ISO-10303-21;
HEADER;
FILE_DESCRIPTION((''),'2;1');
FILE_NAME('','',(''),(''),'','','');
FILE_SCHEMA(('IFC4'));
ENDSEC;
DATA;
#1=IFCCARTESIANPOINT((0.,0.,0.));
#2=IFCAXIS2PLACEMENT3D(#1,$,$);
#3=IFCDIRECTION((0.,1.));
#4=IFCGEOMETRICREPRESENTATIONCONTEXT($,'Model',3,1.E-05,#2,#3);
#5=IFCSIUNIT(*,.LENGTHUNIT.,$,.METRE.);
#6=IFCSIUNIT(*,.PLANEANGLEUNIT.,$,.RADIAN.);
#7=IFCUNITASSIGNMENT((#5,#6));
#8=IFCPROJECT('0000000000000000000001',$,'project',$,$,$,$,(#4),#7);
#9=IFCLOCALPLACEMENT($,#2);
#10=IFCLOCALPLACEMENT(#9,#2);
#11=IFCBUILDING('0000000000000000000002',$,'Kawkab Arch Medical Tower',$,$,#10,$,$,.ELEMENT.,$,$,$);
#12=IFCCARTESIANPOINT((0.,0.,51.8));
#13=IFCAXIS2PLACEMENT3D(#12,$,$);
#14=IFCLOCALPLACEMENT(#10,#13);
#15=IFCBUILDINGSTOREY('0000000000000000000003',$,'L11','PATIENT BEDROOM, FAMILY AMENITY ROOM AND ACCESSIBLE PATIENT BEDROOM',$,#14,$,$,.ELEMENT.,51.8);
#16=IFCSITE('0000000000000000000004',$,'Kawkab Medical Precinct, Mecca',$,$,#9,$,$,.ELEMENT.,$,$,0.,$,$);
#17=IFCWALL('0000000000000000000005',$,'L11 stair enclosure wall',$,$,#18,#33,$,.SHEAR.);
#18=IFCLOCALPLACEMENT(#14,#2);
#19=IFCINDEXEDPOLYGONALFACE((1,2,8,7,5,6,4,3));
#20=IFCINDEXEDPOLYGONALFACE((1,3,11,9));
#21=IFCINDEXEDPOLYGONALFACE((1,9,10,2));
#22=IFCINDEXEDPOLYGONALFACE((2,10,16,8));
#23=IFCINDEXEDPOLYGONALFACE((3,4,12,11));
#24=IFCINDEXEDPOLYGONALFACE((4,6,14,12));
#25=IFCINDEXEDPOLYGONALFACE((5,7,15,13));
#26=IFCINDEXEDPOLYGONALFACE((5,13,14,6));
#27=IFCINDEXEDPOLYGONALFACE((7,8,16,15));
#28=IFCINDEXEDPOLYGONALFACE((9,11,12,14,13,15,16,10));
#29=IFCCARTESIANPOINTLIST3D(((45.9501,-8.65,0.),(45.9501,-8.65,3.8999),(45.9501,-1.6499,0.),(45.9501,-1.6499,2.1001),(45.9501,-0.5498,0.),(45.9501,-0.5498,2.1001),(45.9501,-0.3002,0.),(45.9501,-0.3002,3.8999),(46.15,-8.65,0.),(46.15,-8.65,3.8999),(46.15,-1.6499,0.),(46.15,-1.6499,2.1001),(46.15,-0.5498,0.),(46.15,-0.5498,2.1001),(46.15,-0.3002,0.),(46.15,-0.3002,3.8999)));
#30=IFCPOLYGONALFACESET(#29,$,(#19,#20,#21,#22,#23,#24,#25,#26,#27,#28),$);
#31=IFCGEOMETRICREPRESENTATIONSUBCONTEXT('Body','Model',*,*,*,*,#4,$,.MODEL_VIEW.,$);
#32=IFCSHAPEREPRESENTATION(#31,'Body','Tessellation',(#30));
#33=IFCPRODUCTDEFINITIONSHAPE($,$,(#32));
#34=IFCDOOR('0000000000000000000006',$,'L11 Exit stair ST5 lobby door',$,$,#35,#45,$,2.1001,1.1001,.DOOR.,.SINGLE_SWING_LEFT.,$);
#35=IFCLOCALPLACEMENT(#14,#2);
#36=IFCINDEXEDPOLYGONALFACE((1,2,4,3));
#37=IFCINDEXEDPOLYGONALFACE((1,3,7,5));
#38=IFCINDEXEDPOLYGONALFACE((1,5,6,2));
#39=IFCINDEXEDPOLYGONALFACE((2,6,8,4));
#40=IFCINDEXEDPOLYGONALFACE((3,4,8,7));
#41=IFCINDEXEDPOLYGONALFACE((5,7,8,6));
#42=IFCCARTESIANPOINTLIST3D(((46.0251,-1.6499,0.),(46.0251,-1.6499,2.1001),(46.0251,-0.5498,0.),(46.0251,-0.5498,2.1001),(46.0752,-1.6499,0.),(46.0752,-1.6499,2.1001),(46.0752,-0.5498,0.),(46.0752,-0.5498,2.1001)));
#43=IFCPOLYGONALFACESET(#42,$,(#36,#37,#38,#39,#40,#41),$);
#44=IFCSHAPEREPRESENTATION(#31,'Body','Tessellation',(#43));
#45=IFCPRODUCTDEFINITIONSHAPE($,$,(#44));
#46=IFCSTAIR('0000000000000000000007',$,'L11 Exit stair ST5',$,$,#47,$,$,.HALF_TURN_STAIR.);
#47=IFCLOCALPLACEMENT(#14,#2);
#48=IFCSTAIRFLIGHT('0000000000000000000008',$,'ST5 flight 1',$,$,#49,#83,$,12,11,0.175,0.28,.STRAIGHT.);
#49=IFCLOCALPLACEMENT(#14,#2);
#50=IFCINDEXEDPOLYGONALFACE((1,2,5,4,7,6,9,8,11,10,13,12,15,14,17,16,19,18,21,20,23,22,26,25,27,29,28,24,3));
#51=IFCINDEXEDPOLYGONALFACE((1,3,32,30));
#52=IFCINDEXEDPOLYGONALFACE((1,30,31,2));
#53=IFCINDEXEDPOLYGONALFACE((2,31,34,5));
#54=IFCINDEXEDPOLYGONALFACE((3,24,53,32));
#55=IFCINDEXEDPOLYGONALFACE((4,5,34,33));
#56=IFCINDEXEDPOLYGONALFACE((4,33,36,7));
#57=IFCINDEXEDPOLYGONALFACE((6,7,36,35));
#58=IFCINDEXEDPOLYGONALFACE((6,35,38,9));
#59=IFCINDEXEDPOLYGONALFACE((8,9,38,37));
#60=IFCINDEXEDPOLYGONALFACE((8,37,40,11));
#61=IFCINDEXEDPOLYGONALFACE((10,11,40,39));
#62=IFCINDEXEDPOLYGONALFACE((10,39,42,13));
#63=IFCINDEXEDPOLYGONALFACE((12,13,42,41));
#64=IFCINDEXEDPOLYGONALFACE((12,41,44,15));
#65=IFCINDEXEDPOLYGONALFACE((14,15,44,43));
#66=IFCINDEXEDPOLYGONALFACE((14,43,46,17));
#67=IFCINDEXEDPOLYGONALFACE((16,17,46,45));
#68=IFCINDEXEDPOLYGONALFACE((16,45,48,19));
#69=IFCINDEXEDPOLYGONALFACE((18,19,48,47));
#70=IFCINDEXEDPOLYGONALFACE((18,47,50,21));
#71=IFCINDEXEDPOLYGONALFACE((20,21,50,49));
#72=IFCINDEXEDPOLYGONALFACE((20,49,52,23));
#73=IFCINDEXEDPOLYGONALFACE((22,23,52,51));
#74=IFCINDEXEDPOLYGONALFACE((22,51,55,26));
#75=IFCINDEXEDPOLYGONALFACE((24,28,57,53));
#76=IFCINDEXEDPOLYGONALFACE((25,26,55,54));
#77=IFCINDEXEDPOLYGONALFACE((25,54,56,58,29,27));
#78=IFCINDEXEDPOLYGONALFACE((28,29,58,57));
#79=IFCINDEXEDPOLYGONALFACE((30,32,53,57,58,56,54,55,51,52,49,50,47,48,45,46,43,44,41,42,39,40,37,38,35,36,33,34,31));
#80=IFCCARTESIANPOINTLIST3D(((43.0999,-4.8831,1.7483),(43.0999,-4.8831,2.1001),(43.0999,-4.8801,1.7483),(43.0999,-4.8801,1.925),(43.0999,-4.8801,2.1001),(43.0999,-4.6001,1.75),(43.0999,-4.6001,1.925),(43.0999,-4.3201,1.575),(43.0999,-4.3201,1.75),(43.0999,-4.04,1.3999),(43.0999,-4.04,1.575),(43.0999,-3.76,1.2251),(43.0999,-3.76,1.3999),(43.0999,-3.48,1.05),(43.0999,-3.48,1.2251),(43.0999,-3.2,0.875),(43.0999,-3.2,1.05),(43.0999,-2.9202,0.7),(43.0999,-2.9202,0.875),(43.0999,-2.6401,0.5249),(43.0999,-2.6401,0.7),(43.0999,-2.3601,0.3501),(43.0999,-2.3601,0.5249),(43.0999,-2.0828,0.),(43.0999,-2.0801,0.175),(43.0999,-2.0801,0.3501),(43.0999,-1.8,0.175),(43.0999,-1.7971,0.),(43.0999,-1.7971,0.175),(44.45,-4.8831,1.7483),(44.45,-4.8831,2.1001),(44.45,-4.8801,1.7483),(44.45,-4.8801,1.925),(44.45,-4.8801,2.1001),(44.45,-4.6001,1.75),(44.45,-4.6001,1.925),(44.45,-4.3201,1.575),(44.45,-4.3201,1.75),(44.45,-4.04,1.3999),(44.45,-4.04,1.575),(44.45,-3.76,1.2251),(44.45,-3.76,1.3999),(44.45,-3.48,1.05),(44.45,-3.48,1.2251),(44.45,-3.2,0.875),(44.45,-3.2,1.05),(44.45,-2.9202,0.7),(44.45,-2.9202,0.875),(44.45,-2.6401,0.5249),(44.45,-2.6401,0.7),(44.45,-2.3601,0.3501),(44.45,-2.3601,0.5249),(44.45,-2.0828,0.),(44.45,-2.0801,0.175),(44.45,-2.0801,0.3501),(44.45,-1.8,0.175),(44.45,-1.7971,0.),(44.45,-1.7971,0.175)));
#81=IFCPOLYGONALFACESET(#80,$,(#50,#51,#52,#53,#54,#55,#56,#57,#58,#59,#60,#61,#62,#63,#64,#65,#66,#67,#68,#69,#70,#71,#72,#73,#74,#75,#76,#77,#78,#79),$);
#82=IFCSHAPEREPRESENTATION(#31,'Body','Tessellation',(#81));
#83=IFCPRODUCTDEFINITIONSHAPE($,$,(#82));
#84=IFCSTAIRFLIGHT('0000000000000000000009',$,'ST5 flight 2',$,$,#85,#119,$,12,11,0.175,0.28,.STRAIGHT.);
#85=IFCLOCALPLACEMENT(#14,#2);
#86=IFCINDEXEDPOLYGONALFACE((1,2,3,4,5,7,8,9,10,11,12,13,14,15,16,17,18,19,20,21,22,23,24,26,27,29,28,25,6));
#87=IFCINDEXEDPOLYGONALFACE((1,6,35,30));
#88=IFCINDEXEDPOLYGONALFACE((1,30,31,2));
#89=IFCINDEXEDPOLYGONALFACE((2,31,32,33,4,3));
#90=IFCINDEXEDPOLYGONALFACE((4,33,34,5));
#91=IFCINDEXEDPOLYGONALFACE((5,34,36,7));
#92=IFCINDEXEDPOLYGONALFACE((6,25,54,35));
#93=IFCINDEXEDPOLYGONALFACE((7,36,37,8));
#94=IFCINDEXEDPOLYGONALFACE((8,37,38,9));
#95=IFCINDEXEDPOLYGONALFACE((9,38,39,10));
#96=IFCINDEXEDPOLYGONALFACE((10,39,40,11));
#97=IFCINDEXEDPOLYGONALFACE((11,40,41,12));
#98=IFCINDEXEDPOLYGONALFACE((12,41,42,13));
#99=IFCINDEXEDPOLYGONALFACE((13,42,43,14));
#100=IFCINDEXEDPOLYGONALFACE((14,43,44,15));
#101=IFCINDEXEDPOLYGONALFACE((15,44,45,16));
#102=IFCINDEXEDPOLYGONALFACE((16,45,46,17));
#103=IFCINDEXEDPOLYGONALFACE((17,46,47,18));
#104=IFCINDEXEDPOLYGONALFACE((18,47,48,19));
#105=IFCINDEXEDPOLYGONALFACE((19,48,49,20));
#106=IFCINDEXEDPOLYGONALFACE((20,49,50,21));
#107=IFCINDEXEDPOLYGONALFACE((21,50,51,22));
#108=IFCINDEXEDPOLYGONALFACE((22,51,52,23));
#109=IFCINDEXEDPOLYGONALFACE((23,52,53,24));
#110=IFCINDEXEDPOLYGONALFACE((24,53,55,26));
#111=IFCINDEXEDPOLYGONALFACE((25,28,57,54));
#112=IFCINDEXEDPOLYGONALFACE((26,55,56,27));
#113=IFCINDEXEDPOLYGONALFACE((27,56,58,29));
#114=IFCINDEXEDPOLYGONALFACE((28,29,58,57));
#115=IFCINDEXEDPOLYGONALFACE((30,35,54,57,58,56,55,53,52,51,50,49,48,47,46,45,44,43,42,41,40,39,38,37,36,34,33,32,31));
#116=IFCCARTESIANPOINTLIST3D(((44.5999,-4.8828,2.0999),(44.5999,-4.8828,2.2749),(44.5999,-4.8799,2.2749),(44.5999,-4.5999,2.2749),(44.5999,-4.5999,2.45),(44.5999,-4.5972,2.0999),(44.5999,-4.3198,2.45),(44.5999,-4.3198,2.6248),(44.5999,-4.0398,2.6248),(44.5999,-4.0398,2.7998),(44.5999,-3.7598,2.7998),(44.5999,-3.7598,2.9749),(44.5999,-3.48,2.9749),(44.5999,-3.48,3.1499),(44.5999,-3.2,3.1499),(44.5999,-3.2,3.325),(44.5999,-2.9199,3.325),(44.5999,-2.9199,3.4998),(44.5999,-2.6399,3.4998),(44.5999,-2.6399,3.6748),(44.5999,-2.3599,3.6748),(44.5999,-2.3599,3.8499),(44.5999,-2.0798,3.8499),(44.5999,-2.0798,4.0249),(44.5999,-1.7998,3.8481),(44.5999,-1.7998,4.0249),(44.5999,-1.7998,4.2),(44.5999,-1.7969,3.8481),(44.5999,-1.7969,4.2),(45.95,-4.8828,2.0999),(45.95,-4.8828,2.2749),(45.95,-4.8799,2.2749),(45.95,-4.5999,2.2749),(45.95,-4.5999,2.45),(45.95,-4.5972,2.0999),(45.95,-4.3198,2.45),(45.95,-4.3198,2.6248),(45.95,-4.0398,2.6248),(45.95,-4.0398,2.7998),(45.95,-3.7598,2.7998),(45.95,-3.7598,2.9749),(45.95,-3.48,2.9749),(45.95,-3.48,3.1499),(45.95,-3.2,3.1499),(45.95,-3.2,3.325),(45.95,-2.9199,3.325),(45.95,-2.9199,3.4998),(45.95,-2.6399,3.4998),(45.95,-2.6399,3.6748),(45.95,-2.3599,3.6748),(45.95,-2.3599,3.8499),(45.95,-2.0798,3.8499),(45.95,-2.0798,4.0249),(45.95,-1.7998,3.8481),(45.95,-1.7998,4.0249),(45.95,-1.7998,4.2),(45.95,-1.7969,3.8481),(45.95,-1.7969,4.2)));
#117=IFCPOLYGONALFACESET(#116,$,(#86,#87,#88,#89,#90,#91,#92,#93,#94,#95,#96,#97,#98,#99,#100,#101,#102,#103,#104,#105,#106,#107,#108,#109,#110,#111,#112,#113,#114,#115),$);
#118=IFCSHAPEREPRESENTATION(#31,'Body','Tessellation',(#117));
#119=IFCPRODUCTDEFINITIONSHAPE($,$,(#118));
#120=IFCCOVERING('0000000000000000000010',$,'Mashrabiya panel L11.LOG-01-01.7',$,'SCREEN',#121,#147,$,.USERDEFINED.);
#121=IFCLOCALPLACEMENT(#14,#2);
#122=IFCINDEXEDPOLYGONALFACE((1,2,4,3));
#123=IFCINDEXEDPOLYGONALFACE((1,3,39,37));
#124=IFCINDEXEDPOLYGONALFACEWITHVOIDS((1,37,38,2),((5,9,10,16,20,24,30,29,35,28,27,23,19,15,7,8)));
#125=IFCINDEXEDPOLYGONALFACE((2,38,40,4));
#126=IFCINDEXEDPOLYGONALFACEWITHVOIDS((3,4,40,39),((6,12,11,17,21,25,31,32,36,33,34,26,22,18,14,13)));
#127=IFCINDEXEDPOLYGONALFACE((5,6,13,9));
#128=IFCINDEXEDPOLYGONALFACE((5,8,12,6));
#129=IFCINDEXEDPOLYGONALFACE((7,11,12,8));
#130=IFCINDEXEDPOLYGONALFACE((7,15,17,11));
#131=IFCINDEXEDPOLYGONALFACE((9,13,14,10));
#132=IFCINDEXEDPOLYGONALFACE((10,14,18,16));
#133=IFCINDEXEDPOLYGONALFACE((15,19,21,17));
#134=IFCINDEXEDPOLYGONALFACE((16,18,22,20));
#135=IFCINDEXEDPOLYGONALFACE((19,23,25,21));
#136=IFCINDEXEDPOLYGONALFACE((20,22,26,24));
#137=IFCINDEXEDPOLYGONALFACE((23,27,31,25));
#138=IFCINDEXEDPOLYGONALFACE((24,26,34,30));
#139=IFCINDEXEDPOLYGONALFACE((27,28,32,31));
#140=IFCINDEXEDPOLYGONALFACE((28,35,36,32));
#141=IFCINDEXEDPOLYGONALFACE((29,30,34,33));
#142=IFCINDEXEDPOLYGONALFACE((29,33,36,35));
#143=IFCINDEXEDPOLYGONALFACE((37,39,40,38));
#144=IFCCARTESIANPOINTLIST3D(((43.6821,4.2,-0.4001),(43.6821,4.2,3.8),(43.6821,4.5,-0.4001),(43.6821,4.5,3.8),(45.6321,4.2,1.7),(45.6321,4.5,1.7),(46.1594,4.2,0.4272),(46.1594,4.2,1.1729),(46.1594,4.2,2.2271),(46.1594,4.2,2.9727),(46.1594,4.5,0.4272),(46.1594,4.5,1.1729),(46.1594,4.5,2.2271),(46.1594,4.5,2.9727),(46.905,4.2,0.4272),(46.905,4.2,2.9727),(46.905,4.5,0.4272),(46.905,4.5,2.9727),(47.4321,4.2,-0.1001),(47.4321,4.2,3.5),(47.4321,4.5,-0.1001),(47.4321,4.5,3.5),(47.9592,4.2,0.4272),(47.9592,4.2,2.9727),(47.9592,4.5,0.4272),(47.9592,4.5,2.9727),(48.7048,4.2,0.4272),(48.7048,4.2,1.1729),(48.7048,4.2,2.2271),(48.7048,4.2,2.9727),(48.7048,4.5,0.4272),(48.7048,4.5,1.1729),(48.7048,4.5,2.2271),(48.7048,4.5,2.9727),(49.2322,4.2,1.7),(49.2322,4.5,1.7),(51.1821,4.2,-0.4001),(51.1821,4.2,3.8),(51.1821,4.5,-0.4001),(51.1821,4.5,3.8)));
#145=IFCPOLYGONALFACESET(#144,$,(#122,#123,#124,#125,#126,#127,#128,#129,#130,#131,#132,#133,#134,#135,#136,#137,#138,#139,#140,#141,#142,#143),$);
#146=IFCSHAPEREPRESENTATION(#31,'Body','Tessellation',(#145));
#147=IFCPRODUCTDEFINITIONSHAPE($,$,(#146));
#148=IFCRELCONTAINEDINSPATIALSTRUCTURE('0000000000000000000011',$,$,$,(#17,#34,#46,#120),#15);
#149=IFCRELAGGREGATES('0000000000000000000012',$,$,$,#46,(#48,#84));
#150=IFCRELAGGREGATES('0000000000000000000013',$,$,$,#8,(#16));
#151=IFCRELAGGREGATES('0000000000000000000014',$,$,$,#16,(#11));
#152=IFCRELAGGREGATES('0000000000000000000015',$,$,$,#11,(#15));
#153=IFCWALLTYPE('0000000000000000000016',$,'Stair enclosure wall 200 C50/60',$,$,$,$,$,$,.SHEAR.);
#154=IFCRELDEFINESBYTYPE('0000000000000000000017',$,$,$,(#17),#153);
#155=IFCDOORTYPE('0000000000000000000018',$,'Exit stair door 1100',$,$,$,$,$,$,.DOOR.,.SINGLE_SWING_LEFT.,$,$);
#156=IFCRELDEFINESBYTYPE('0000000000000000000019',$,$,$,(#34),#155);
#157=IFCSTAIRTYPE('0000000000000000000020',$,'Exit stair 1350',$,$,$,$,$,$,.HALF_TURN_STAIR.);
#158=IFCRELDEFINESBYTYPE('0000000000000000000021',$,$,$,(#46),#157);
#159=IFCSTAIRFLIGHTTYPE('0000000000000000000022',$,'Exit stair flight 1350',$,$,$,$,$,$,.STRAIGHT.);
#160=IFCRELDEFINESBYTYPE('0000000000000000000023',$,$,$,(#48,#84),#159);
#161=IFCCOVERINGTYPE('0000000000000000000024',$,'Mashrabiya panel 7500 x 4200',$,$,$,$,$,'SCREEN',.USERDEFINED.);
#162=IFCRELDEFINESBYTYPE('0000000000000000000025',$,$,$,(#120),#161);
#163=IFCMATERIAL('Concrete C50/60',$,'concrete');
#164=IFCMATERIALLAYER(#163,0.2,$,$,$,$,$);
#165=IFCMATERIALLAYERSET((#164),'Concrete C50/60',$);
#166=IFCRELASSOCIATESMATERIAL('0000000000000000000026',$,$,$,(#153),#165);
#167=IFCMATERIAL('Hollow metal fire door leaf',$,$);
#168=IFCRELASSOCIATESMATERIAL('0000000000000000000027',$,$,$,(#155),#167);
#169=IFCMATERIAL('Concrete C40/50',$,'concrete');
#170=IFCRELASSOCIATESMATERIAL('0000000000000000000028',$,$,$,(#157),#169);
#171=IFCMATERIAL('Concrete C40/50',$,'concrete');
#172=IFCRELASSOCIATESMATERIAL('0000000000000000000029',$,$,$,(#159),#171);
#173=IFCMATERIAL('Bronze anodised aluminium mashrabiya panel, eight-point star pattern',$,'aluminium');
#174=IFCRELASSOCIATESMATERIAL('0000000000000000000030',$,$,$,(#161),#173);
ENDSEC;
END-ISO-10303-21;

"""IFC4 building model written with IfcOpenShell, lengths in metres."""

from ifc_helpers import new_model, si_unit, direction, frame, frame_2d, origin, place, context, subcontext, project, spatial, polyline, rectangle, outline, extrude, material, layer, layer_set, material_profile, profile_set, type_object, element, fill, aggregate, save


model = new_model("IFC4")

# Units and contexts
model_context = context("Model", 3, precision=1e-05, world=origin(), true_north=direction((0.0, 1.0)))
body_context = subcontext(model_context, "Body", "Model", "MODEL_VIEW")
ifc_project = project(units=[si_unit("LENGTHUNIT", "METRE"), si_unit("PLANEANGLEUNIT", "RADIAN")], contexts=[model_context])

# Site, building, storey
site_placement = place(None, origin())
site = spatial("IfcSite", under=ifc_project, at=site_placement, Name="Kawkab Medical Precinct, Mecca", CompositionType="ELEMENT", RefElevation=0.0)
building_placement = place(site_placement, origin())
building = spatial("IfcBuilding", under=site, at=building_placement, Name="Kawkab Arch Medical Tower", CompositionType="ELEMENT")
storey_placement = place(building_placement, frame((0.0, 0.0, 51.8)))
storey = spatial("IfcBuildingStorey", under=building, at=storey_placement, Name="L11", Description="PATIENT BEDROOM, FAMILY AMENITY ROOM AND ACCESSIBLE PATIENT BEDROOM", CompositionType="ELEMENT", Elevation=51.8)

# Shared definitions
placement = place(storey_placement, origin())

# Wall, opening, door
ifc_material_1 = material(Name="Concrete C50/60", Category="concrete")
ifc_layer_1 = layer(ifc_material_1, 0.2)
ifc_layer_set_1 = layer_set([ifc_layer_1], Name="Concrete C50/60")
wall_type_1 = type_object("IfcWallType", Name="Stair enclosure wall 200 C50/60", PredefinedType="SHEAR", material=ifc_layer_set_1)
ifc_material_2 = material(Name="Hollow metal fire door leaf")
door_type_1 = type_object("IfcDoorType", Name="Exit stair door 1100", OperationType="SINGLE_SWING_LEFT", PredefinedType="DOOR", material=ifc_material_2)
wall_1_placement = place(storey_placement, frame((46.05, -8.6499, 0.0), z_axis=(0.0, 0.0, 1.0), x_axis=(0.0, 1.0, 0.0)))
wall_1 = element("IfcWall", 1, at=wall_1_placement, inside=storey, type_object=wall_type_1, Name="L11 stair enclosure wall", PredefinedType="SHEAR", context=body_context, shape_type="SweptSolid", body=[
    extrude(rectangle(XDim=8.3499, YDim=0.2, at=frame_2d((4.1748, 0.0))), origin(), (0.0, 0.0, 1.0), 3.8999),
])
opening_1_placement = place(wall_1_placement, frame((7.0, 0.0, 0.0)))
opening_1 = element("IfcOpeningElement", 2, at=opening_1_placement, cuts=wall_1, PredefinedType="OPENING", context=body_context, shape_type="SweptSolid", body=[
    extrude(rectangle(XDim=1.1001, YDim=2.1001, at=frame_2d((0.55, 1.05))), frame((0.0, 0.1099, 0.0), z_axis=(0.0, -1.0, 0.0), x_axis=(1.0, 0.0, 0.0)), (0.0, 0.0, 1.0), 0.22),
])
door_1_placement = place(opening_1_placement, origin())
door_1 = element("IfcDoor", 3, at=door_1_placement, inside=storey, type_object=door_type_1, Name="L11 Exit stair ST5 lobby door", OperationType="SINGLE_SWING_LEFT", OverallHeight=2.1001, OverallWidth=1.1001, PredefinedType="DOOR", context=body_context, shape_type="SweptSolid", body=[
    extrude(rectangle(XDim=1.1001, YDim=2.1001, at=frame_2d((0.55, 1.05))), frame((0.0, 0.0249, 0.0), z_axis=(0.0, -1.0, 0.0), x_axis=(1.0, 0.0, 0.0)), (0.0, 0.0, 1.0), 0.05),
])
fill(opening_1, door_1)

# Stair, stair flights
ifc_material_3 = material(Name="Concrete C40/50", Category="concrete")
stair_type = type_object("IfcStairType", Name="Exit stair 1350", PredefinedType="HALF_TURN_STAIR", material=ifc_material_3)
stair = element("IfcStair", 4, at=placement, inside=storey, type_object=stair_type, Name="L11 Exit stair ST5", PredefinedType="HALF_TURN_STAIR")
ifc_material_4 = material(Name="Concrete C40/50", Category="concrete")
stair_flight_type = type_object("IfcStairFlightType", Name="Exit stair flight 1350", PredefinedType="STRAIGHT", material=ifc_material_4)
stair_flight_1_placement = place(storey_placement, frame((43.7749, -1.8, 0.0), z_axis=(0.0, 0.0, 1.0), x_axis=(0.0, -1.0, 0.0)))
stair_flight_1 = element("IfcStairFlight", 5, at=stair_flight_1_placement, type_object=stair_flight_type, Name="ST5 flight 1", NumberOfRisers=12, NumberOfTreads=11, PredefinedType="STRAIGHT", RiserHeight=0.175, TreadLength=0.28, context=body_context, shape_type="SweptSolid", body=[
    extrude(outline(polyline([(-0.0029, 0.0), (-0.0029, 0.175), (0.0, 0.175), (0.28, 0.175), (0.28, 0.3501), (0.5601, 0.3501), (0.5601, 0.5249), (0.8401, 0.5249), (0.8401, 0.7), (1.1201, 0.7), (1.1201, 0.875), (1.3999, 0.875), (1.3999, 1.05), (1.6799, 1.05), (1.6799, 1.2251), (1.96, 1.2251), (1.96, 1.3999), (2.24, 1.3999), (2.24, 1.575), (2.52, 1.575), (2.52, 1.75), (2.8, 1.75), (2.8, 1.925), (3.0801, 1.925), (3.0801, 2.1001), (3.083, 2.1001), (3.083, 1.7483), (3.0801, 1.7483), (0.2827, 0.0), (-0.0029, 0.0)])), frame((0.0, 0.675, 0.0), z_axis=(0.0, -1.0, 0.0), x_axis=(1.0, 0.0, 0.0)), (0.0, 0.0, 1.0), 1.3501),
])
stair_flight_2_placement = place(storey_placement, frame((45.2749, -4.8799, 2.0999), z_axis=(0.0, 0.0, 1.0), x_axis=(0.0, 1.0, 0.0)))
stair_flight_2 = element("IfcStairFlight", 6, at=stair_flight_2_placement, type_object=stair_flight_type, Name="ST5 flight 2", NumberOfRisers=12, NumberOfTreads=11, PredefinedType="STRAIGHT", RiserHeight=0.175, TreadLength=0.28, context=body_context, shape_type="SweptSolid", body=[
    extrude(outline(polyline([(-0.0029, 0.0), (-0.0029, 0.175), (0.0, 0.175), (0.28, 0.175), (0.28, 0.3501), (0.5601, 0.3501), (0.5601, 0.5249), (0.8401, 0.5249), (0.8401, 0.7), (1.1201, 0.7), (1.1201, 0.875), (1.3999, 0.875), (1.3999, 1.05), (1.6799, 1.05), (1.6799, 1.2251), (1.96, 1.2251), (1.96, 1.3999), (2.24, 1.3999), (2.24, 1.575), (2.52, 1.575), (2.52, 1.75), (2.8, 1.75), (2.8, 1.925), (3.0801, 1.925), (3.0801, 2.1001), (3.083, 2.1001), (3.083, 1.7483), (3.0801, 1.7483), (0.2827, 0.0), (-0.0029, 0.0)])), frame((0.0, 0.675, 0.0), z_axis=(0.0, -1.0, 0.0), x_axis=(1.0, 0.0, 0.0)), (0.0, 0.0, 1.0), 1.3501),
])
aggregate(stair, [stair_flight_1, stair_flight_2])

# Covering
ifc_material_5 = material(Name="Bronze anodised aluminium mashrabiya panel, eight-point star pattern", Category="aluminium")
ifc_material_profile_1 = material_profile(ifc_material_5, outline(polyline([(-3.75, -2.1001), (3.75, -2.1001), (3.75, 2.1001), (-3.75, 2.1001), (-3.75, -2.1001)]), holes=[polyline([(1.8, 0.0), (1.2727, 0.5271), (1.2727, 1.2727), (0.5271, 1.2727), (0.0, 1.8), (-0.5271, 1.2727), (-1.2727, 1.2727), (-1.2727, 0.5271), (-1.8, 0.0), (-1.2727, -0.5271), (-1.2727, -1.2727), (-0.5271, -1.2727), (0.0, -1.8), (0.5271, -1.2727), (1.2727, -1.2727), (1.2727, -0.5271), (1.8, 0.0)])]), Name="Mashrabiya panel 7500x4200")
ifc_profile_set_1 = profile_set([ifc_material_profile_1], Name="Bronze anodised aluminium mashrabiya panel, eight-point star pattern")
covering_type = type_object("IfcCoveringType", Name="Mashrabiya panel 7500 x 4200", ElementType="SCREEN", PredefinedType="USERDEFINED", material=ifc_profile_set_1)
covering_placement = place(storey_placement, frame((47.4321, 4.2, 1.7), z_axis=(0.0, 1.0, 0.0), x_axis=(-1.0, 0.0, 0.0)))
element("IfcCovering", 7, at=covering_placement, inside=storey, type_object=covering_type, Name="Mashrabiya panel L11.LOG-01-01.7", ObjectType="SCREEN", PredefinedType="USERDEFINED", context=body_context, shape_type="SweptSolid", body=[
    extrude(outline(polyline([(-3.75, -2.1001), (3.75, -2.1001), (3.75, 2.1001), (-3.75, 2.1001), (-3.75, -2.1001)]), holes=[polyline([(1.8, 0.0), (1.2727, 0.5271), (1.2727, 1.2727), (0.5271, 1.2727), (0.0, 1.8), (-0.5271, 1.2727), (-1.2727, 1.2727), (-1.2727, 0.5271), (-1.8, 0.0), (-1.2727, -0.5271), (-1.2727, -1.2727), (-0.5271, -1.2727), (0.0, -1.8), (0.5271, -1.2727), (1.2727, -1.2727), (1.2727, -0.5271), (1.8, 0.0)])]), origin(), (0.0, 0.0, 1.0), 0.3),
])

save(model, "model.ifc")
